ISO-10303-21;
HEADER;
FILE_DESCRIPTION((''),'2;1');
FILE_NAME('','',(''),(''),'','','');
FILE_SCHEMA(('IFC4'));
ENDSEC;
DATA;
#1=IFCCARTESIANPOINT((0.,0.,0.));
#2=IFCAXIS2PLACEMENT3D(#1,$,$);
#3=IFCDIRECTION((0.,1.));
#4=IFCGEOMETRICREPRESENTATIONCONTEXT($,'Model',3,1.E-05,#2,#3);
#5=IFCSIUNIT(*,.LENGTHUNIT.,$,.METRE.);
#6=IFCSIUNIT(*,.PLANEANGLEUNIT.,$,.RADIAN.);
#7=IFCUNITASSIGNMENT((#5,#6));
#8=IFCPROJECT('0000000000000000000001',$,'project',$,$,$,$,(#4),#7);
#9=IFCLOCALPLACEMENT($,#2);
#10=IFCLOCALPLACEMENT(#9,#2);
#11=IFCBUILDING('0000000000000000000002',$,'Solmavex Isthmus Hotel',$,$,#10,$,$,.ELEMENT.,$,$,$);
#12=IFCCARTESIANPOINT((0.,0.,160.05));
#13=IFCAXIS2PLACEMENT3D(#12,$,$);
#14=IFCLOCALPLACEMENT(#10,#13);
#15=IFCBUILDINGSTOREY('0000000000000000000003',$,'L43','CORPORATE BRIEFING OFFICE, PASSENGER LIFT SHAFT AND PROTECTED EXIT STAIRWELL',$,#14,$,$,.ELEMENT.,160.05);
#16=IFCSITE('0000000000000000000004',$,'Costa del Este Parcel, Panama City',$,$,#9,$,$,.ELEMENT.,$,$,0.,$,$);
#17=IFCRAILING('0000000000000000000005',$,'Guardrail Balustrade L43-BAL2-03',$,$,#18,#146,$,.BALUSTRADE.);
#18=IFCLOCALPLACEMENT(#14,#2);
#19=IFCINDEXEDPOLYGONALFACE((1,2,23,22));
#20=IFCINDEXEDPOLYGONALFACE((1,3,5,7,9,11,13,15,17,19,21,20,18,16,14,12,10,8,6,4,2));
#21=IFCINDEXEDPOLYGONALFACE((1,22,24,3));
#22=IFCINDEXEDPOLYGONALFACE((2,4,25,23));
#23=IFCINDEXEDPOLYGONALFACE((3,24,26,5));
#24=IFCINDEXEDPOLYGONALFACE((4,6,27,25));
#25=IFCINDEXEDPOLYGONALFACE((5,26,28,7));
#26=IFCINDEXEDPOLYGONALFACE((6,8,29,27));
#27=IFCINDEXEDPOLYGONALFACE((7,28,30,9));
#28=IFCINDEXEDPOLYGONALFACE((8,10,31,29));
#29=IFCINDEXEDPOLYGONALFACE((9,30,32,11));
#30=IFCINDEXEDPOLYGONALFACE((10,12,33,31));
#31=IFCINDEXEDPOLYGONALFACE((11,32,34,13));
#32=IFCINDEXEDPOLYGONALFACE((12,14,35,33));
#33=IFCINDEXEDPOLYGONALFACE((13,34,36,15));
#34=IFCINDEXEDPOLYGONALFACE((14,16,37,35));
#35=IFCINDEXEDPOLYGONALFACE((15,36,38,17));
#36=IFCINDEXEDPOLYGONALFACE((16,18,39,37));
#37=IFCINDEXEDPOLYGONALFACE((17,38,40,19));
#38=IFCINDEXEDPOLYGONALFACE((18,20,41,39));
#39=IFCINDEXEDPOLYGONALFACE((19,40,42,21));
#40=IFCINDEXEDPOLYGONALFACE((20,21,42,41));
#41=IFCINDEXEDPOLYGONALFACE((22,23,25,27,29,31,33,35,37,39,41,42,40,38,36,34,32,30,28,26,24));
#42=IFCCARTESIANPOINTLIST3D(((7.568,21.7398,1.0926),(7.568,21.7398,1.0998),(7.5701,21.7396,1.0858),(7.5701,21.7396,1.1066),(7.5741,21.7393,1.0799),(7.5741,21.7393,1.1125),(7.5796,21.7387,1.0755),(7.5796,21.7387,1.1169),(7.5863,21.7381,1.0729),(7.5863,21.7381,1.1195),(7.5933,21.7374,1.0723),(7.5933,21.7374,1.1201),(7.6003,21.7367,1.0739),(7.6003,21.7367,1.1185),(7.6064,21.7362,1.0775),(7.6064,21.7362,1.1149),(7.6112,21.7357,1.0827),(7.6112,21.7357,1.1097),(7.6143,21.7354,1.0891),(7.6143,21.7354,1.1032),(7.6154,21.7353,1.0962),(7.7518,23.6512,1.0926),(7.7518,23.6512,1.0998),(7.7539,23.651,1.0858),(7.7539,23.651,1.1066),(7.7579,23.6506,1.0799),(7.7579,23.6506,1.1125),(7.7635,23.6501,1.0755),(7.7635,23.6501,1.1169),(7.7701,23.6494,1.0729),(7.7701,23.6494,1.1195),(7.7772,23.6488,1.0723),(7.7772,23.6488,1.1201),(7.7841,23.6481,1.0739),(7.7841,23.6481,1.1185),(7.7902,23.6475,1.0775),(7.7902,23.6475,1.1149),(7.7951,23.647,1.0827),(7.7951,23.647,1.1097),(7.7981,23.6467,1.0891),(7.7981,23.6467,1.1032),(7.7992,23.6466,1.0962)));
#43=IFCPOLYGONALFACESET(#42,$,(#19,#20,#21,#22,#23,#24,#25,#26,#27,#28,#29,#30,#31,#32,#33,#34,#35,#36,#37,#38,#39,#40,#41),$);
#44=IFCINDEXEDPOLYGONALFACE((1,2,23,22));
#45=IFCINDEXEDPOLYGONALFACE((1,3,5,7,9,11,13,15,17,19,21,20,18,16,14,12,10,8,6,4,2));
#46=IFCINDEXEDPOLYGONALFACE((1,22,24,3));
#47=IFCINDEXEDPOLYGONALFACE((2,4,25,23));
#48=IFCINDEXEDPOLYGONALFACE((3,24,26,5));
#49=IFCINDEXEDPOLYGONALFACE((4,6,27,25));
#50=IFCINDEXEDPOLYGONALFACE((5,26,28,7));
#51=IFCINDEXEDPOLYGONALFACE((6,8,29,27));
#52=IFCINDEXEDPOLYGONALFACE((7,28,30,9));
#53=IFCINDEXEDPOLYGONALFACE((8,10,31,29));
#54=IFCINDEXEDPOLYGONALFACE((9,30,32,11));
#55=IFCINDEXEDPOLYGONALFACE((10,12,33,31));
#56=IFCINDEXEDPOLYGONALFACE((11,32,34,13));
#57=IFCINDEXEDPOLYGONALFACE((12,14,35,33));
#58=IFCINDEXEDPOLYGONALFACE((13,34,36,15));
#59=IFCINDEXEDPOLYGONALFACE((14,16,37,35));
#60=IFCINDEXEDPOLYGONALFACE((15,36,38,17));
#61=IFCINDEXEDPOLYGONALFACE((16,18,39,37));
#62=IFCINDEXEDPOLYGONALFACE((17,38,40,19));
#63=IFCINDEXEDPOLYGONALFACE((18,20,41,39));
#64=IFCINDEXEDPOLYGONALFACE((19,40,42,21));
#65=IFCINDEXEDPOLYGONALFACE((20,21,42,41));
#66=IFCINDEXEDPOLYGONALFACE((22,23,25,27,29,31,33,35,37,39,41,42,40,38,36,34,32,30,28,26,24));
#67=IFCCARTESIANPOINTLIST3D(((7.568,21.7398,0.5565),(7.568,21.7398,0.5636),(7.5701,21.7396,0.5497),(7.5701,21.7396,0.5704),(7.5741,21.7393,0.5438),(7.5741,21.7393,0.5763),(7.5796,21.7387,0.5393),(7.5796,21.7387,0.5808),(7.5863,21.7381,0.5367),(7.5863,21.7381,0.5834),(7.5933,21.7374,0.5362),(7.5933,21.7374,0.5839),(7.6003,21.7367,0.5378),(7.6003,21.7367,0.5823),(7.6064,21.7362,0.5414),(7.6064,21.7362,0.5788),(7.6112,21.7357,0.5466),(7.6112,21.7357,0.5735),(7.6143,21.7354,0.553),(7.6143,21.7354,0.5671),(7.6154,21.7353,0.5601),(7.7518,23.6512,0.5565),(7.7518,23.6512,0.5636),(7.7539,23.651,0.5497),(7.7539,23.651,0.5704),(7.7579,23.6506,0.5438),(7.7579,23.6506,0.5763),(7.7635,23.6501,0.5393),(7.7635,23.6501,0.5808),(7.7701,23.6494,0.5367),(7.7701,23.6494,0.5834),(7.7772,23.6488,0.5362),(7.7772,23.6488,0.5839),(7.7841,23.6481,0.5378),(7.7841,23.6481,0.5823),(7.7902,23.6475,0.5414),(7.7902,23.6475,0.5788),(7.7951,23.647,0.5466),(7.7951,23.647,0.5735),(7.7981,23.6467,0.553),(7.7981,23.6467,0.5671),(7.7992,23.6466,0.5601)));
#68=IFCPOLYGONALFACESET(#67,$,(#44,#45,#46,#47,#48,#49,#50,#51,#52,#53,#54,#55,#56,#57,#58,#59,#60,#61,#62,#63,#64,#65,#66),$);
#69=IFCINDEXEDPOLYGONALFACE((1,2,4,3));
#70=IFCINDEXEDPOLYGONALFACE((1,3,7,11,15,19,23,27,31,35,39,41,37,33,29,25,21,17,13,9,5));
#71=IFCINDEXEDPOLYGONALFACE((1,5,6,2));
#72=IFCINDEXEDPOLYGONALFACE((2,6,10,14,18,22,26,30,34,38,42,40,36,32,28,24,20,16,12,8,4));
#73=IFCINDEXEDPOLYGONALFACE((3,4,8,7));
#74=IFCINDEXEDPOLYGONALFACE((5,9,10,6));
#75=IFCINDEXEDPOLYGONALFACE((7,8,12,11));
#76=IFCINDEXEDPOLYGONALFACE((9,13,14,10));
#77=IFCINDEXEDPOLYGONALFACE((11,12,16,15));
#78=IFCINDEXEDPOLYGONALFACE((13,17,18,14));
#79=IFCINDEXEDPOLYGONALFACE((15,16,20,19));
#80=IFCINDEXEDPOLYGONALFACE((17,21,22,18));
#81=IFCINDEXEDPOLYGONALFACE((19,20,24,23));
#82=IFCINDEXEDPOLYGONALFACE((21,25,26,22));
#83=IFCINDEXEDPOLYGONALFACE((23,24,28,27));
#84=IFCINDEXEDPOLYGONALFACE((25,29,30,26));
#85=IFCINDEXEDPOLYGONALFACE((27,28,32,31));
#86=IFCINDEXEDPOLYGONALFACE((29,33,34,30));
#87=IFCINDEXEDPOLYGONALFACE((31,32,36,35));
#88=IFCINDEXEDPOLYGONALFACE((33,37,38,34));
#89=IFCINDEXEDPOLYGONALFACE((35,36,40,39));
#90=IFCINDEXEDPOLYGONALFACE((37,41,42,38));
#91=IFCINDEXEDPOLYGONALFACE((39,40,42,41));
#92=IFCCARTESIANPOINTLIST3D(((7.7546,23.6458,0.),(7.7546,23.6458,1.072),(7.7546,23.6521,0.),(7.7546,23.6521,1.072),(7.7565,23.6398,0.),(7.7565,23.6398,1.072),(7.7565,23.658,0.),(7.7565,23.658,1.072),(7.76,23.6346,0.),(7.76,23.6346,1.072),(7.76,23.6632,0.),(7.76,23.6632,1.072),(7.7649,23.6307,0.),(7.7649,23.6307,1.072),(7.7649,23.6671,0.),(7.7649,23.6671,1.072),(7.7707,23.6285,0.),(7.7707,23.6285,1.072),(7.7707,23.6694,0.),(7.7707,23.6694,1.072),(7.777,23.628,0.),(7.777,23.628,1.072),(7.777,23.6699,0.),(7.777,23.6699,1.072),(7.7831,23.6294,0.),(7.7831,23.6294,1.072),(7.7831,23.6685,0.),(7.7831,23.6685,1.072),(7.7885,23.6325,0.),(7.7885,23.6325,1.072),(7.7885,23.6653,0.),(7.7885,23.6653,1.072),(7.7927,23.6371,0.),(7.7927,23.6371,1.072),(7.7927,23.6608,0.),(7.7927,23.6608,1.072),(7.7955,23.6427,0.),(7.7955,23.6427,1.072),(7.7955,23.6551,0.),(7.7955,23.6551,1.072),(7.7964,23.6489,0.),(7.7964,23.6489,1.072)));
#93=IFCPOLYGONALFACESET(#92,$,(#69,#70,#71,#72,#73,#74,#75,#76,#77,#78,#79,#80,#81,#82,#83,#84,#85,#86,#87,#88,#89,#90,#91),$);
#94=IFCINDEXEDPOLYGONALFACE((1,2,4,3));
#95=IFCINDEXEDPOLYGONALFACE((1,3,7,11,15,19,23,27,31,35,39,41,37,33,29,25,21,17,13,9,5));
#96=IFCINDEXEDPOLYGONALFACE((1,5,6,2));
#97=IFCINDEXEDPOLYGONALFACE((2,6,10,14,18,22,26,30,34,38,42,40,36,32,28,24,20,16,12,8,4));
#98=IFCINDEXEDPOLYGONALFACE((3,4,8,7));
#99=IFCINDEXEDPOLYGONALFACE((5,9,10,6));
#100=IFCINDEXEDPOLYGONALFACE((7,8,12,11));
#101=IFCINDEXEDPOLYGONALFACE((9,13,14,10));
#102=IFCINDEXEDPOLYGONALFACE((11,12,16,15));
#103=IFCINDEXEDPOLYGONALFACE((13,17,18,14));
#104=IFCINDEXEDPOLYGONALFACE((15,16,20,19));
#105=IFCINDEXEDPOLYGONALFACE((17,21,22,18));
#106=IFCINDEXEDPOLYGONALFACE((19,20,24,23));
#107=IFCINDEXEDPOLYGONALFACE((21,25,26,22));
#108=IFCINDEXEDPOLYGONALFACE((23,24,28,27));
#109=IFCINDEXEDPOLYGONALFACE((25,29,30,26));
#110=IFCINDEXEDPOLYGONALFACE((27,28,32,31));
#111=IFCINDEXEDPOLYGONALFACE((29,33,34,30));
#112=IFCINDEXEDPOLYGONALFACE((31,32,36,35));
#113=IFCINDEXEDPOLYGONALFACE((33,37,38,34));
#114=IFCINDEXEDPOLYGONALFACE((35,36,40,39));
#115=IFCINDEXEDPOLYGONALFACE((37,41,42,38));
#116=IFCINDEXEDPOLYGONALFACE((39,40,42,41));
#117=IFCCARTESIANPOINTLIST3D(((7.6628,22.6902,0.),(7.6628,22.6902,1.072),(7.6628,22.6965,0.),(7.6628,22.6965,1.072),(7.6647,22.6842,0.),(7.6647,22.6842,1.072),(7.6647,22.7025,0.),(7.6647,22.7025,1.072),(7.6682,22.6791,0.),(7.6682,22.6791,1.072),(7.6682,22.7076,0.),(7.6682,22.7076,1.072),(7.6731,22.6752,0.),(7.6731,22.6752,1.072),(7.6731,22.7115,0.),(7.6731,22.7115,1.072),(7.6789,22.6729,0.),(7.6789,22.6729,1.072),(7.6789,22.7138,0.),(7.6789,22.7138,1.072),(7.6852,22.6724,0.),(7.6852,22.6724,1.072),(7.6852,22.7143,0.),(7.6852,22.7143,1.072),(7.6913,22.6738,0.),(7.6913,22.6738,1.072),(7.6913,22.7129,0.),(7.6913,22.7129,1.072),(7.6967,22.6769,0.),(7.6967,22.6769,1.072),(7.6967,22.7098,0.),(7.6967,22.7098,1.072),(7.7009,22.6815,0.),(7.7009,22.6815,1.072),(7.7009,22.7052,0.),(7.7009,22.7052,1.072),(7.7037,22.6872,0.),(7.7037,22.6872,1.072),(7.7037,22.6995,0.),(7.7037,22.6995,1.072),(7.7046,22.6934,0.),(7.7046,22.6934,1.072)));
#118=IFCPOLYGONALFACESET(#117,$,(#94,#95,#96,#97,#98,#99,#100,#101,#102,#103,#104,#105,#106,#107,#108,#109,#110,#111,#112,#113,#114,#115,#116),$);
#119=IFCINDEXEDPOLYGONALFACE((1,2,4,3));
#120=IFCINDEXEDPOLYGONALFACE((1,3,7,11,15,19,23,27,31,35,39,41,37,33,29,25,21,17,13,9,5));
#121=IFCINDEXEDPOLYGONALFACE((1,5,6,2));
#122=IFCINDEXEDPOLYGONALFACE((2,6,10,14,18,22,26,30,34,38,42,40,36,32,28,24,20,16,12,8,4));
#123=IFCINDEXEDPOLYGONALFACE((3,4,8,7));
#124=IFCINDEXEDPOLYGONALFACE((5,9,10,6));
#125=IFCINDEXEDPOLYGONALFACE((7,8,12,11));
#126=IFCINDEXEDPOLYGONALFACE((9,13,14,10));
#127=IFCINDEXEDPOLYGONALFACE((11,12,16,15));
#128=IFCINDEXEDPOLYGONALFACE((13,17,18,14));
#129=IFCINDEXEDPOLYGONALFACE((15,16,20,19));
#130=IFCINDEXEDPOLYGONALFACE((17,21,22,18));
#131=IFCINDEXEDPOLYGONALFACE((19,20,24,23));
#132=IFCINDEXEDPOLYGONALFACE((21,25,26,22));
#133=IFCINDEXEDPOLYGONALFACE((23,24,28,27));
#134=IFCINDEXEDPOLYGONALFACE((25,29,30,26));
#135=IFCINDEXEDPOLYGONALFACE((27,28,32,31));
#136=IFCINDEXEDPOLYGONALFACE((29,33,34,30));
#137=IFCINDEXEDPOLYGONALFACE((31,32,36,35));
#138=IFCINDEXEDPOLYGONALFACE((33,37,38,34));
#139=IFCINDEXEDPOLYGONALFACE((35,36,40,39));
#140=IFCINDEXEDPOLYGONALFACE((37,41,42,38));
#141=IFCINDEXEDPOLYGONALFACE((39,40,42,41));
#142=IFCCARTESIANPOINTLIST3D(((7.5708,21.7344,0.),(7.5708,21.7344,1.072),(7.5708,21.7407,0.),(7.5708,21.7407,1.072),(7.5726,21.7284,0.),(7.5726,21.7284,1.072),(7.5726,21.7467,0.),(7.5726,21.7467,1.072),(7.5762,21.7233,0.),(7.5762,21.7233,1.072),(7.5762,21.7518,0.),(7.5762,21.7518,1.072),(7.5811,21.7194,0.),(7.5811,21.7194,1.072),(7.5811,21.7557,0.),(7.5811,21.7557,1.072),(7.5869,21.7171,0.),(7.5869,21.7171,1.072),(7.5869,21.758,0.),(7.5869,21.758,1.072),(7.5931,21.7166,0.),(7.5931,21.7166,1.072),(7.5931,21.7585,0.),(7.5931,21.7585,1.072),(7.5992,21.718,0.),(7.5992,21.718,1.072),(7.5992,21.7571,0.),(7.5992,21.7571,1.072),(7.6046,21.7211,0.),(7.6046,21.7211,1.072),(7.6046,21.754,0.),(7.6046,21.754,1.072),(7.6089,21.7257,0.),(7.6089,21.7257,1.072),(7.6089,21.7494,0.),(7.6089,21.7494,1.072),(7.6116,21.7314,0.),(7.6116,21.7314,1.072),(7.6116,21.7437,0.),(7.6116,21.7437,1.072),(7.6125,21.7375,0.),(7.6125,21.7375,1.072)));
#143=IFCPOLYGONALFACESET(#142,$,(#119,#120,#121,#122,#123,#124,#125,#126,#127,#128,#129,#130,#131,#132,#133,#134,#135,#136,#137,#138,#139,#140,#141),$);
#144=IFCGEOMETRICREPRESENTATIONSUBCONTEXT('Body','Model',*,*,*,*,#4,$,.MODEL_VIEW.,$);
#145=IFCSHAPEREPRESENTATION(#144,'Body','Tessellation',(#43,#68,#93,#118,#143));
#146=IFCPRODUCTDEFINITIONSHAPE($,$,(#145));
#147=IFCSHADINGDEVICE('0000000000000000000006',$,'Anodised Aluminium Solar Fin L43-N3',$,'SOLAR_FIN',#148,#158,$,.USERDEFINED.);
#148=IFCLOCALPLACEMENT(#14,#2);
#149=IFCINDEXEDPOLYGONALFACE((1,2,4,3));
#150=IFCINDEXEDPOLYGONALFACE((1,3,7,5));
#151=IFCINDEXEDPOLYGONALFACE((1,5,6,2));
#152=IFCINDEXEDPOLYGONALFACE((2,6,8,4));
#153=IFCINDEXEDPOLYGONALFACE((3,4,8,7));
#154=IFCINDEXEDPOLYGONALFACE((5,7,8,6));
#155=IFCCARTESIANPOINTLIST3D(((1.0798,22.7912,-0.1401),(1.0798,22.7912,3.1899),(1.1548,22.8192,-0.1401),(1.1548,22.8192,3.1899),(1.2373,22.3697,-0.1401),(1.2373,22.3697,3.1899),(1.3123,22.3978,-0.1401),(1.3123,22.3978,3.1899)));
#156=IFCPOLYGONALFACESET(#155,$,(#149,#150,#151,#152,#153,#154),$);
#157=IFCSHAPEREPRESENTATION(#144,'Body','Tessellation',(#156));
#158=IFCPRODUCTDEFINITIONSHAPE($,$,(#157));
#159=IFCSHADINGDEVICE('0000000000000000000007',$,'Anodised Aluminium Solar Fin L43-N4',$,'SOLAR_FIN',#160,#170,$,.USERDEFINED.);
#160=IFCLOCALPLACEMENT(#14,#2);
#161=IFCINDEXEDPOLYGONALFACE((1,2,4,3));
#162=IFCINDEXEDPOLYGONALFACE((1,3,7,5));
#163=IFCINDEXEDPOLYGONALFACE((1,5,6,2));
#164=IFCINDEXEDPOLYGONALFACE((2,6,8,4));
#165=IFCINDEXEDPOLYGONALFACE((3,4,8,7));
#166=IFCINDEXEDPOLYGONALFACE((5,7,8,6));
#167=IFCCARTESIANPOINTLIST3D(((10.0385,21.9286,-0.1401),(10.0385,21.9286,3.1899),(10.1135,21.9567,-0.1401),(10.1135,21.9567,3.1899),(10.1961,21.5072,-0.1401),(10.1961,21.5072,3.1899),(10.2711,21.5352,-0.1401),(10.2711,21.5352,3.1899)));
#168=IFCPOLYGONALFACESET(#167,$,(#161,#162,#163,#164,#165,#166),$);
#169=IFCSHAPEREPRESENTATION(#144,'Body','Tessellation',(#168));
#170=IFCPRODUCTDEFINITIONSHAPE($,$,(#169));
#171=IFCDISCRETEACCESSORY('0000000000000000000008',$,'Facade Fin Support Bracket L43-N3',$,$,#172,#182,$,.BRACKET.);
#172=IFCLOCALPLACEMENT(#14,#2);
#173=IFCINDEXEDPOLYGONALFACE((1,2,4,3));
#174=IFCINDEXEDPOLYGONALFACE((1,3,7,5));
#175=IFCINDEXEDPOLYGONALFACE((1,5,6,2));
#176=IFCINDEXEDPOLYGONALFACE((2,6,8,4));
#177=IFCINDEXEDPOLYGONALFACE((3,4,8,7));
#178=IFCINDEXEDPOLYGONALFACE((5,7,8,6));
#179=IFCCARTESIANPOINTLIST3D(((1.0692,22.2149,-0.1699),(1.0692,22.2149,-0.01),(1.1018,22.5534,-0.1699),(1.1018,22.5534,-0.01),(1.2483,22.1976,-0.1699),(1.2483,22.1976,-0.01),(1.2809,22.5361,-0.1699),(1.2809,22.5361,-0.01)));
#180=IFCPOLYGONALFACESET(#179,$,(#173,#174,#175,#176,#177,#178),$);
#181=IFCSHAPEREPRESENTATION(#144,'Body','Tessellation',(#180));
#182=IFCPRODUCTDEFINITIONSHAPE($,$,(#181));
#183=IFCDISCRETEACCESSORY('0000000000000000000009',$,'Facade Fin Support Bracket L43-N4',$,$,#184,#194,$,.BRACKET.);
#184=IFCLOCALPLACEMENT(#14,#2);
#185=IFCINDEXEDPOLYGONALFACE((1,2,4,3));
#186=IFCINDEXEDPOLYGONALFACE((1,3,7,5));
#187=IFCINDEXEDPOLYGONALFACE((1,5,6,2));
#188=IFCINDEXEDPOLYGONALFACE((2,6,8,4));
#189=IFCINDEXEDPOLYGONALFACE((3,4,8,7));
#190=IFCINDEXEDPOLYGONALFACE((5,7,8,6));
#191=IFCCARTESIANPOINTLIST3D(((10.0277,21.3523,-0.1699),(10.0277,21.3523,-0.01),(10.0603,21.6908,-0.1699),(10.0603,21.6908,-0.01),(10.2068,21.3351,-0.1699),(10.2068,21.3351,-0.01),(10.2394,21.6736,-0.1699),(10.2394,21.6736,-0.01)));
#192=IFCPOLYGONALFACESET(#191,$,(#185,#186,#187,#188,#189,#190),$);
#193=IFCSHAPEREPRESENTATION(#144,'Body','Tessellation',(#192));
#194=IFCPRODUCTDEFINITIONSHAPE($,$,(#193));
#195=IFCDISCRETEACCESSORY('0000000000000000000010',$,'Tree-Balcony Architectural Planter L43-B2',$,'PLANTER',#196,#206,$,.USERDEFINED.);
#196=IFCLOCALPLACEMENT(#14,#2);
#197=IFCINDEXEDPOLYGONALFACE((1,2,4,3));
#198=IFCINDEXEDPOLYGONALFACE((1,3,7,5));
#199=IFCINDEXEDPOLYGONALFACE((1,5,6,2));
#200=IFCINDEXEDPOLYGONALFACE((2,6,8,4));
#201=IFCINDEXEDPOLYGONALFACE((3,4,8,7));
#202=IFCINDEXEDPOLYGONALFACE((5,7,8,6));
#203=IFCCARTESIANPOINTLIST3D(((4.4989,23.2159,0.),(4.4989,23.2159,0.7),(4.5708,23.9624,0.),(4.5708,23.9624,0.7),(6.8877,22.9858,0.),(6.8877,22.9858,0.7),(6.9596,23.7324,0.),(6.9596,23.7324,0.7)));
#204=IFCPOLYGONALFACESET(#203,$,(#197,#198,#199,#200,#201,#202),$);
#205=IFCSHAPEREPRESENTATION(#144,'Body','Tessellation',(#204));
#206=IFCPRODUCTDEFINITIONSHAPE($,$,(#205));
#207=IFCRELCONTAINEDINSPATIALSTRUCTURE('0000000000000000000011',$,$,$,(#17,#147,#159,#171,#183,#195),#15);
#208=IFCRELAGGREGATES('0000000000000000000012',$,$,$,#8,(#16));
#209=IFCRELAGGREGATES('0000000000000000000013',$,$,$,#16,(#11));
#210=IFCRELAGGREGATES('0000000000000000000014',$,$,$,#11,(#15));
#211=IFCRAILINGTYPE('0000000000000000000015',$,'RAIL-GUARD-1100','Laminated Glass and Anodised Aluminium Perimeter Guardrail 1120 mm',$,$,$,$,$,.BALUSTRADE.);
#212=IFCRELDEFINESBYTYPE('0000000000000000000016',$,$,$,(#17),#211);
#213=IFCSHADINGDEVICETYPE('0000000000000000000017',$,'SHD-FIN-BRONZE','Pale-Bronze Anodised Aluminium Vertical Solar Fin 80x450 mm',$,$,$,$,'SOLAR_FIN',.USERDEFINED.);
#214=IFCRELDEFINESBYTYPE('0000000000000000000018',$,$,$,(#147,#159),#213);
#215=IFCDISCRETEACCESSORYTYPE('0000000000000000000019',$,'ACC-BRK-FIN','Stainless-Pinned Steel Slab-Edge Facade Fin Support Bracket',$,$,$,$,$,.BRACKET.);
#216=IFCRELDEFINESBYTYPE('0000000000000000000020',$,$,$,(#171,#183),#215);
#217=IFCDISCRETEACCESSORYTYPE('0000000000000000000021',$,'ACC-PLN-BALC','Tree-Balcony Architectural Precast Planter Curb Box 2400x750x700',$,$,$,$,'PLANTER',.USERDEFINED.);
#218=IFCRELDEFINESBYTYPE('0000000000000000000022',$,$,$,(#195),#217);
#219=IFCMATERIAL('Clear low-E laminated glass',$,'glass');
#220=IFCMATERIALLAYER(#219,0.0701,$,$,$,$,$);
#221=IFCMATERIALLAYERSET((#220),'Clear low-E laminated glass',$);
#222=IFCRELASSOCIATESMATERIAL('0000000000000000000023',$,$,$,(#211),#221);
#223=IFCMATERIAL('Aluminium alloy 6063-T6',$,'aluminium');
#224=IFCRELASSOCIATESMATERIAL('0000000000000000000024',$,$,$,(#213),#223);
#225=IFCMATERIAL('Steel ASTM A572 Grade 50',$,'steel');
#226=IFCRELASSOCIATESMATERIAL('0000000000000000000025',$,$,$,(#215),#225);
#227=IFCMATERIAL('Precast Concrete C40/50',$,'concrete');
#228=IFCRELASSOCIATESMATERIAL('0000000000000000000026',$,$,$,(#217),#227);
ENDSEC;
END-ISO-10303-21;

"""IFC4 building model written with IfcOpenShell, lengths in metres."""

from ifc_helpers import new_model, si_unit, direction, frame, origin, origin_2d, place, context, subcontext, project, spatial, rectangle, circle, extrude, material, layer, layer_set, type_object, element, save


model = new_model("IFC4")

# Units and contexts
model_context = context("Model", 3, precision=1e-05, world=origin(), true_north=direction((0.0, 1.0)))
body_context = subcontext(model_context, "Body", "Model", "MODEL_VIEW")
ifc_project = project(units=[si_unit("LENGTHUNIT", "METRE"), si_unit("PLANEANGLEUNIT", "RADIAN")], contexts=[model_context])

# Site, building, storey
site_placement = place(None, origin())
site = spatial("IfcSite", under=ifc_project, at=site_placement, Name="Costa del Este Parcel, Panama City", CompositionType="ELEMENT", RefElevation=0.0)
building_placement = place(site_placement, origin())
building = spatial("IfcBuilding", under=site, at=building_placement, Name="Solmavex Isthmus Hotel", CompositionType="ELEMENT")
storey_placement = place(building_placement, frame((0.0, 0.0, 160.05)))
storey = spatial("IfcBuildingStorey", under=building, at=storey_placement, Name="L43", Description="CORPORATE BRIEFING OFFICE, PASSENGER LIFT SHAFT AND PROTECTED EXIT STAIRWELL", CompositionType="ELEMENT", Elevation=160.05)

# Shared definitions
ifc_material_1 = material(Name="Aluminium alloy 6063-T6", Category="aluminium")

# Shared definitions
ifc_material_2 = material(Name="Clear low-E laminated glass", Category="glass")

# Shared definitions
ifc_material_3 = material(Name="Precast Concrete C40/50", Category="concrete")

# Railing
ifc_layer_1 = layer(ifc_material_2, 0.0701)
ifc_layer_set_1 = layer_set([ifc_layer_1], Name="Clear low-E laminated glass")
railing_type = type_object("IfcRailingType", Name="RAIL-GUARD-1100", Description="Laminated Glass and Anodised Aluminium Perimeter Guardrail 1120 mm", PredefinedType="BALUSTRADE", material=ifc_layer_set_1)
railing_1_placement = place(storey_placement, frame((7.7754, 23.6489, 0.0)))
element("IfcRailing", 1, at=railing_1_placement, inside=storey, type_object=railing_type, Name="Guardrail Balustrade L43-BAL2-03", PredefinedType="BALUSTRADE", context=body_context, shape_type="SweptSolid", body=[
    extrude(circle(Radius=0.0239, at=origin_2d()), frame((0.0, 0.0, 1.0962), z_axis=(-0.095739, -0.995406, 0.0), x_axis=(0.995406, -0.095739, 0.0)), (0.0, 0.0, 1.0), 1.9202),
    extrude(circle(Radius=0.0239, at=origin_2d()), frame((0.0, 0.0, 0.5601), z_axis=(-0.095739, -0.995406, 0.0), x_axis=(0.995406, -0.095739, 0.0)), (0.0, 0.0, 1.0), 1.9202),
    extrude(circle(Radius=0.021, at=origin_2d()), origin(), (0.0, 0.0, 1.0), 1.072),
    extrude(circle(Radius=0.021, at=origin_2d()), frame((-0.0918, -0.9556, 0.0)), (0.0, 0.0, 1.0), 1.072),
    extrude(circle(Radius=0.021, at=origin_2d()), frame((-0.1838, -1.9114, 0.0)), (0.0, 0.0, 1.0), 1.072),
])

# Shading devices
shading_device_type = type_object("IfcShadingDeviceType", Name="SHD-FIN-BRONZE", Description="Pale-Bronze Anodised Aluminium Vertical Solar Fin 80x450 mm", ElementType="SOLAR_FIN", PredefinedType="USERDEFINED", material=ifc_material_1)
for number, where, z_axis, x_axis, name in (
    (2, (1.196, 22.5945, -0.1401), (0.0, 0.0, 1.0), (-0.350207, 0.936672, 0.0), "Anodised Aluminium Solar Fin L43-N3"),
    (3, (10.1548, 21.7319, -0.1401), (0.0, 0.0, 1.0), (-0.350207, 0.936672, 0.0), "Anodised Aluminium Solar Fin L43-N4"),
):
    element("IfcShadingDevice", number, at=place(storey_placement, frame(where, z_axis=z_axis, x_axis=x_axis)), inside=storey, type_object=shading_device_type, Name=name, ObjectType="SOLAR_FIN", PredefinedType="USERDEFINED", context=body_context, shape_type="SweptSolid", body=[
        extrude(rectangle(XDim=0.45, YDim=0.0801, at=origin_2d()), origin(), (0.0, 0.0, 1.0), 3.3301),
    ])

# Discrete accessories
ifc_material_4 = material(Name="Steel ASTM A572 Grade 50", Category="steel")
discrete_accessory_type_1 = type_object("IfcDiscreteAccessoryType", Name="ACC-BRK-FIN", Description="Stainless-Pinned Steel Slab-Edge Facade Fin Support Bracket", PredefinedType="BRACKET", material=ifc_material_4)
for number, where, z_axis, x_axis, name in (
    (4, (1.175, 22.3755, -0.1699), (0.0, 0.0, 1.0), (0.095846, 0.995396, 0.0), "Facade Fin Support Bracket L43-N3"),
    (5, (10.1335, 21.5129, -0.1699), (0.0, 0.0, 1.0), (0.095846, 0.995396, 0.0), "Facade Fin Support Bracket L43-N4"),
):
    element("IfcDiscreteAccessory", number, at=place(storey_placement, frame(where, z_axis=z_axis, x_axis=x_axis)), inside=storey, type_object=discrete_accessory_type_1, Name=name, PredefinedType="BRACKET", context=body_context, shape_type="SweptSolid", body=[
        extrude(rectangle(XDim=0.3401, YDim=0.1799, at=origin_2d()), origin(), (0.0, 0.0, 1.0), 0.1599),
    ])
discrete_accessory_type_2 = type_object("IfcDiscreteAccessoryType", Name="ACC-PLN-BALC", Description="Tree-Balcony Architectural Precast Planter Curb Box 2400x750x700", ElementType="PLANTER", PredefinedType="USERDEFINED", material=ifc_material_3)
discrete_accessory_placement = place(storey_placement, frame((5.7292, 23.4741, 0.0), z_axis=(0.0, 0.0, 1.0), x_axis=(0.995396, -0.095846, 0.0)))
element("IfcDiscreteAccessory", 6, at=discrete_accessory_placement, inside=storey, type_object=discrete_accessory_type_2, Name="Tree-Balcony Architectural Planter L43-B2", ObjectType="PLANTER", PredefinedType="USERDEFINED", context=body_context, shape_type="SweptSolid", body=[
    extrude(rectangle(XDim=2.3999, YDim=0.75, at=origin_2d()), origin(), (0.0, 0.0, 1.0), 0.7),
])

save(model, "model.ifc")
